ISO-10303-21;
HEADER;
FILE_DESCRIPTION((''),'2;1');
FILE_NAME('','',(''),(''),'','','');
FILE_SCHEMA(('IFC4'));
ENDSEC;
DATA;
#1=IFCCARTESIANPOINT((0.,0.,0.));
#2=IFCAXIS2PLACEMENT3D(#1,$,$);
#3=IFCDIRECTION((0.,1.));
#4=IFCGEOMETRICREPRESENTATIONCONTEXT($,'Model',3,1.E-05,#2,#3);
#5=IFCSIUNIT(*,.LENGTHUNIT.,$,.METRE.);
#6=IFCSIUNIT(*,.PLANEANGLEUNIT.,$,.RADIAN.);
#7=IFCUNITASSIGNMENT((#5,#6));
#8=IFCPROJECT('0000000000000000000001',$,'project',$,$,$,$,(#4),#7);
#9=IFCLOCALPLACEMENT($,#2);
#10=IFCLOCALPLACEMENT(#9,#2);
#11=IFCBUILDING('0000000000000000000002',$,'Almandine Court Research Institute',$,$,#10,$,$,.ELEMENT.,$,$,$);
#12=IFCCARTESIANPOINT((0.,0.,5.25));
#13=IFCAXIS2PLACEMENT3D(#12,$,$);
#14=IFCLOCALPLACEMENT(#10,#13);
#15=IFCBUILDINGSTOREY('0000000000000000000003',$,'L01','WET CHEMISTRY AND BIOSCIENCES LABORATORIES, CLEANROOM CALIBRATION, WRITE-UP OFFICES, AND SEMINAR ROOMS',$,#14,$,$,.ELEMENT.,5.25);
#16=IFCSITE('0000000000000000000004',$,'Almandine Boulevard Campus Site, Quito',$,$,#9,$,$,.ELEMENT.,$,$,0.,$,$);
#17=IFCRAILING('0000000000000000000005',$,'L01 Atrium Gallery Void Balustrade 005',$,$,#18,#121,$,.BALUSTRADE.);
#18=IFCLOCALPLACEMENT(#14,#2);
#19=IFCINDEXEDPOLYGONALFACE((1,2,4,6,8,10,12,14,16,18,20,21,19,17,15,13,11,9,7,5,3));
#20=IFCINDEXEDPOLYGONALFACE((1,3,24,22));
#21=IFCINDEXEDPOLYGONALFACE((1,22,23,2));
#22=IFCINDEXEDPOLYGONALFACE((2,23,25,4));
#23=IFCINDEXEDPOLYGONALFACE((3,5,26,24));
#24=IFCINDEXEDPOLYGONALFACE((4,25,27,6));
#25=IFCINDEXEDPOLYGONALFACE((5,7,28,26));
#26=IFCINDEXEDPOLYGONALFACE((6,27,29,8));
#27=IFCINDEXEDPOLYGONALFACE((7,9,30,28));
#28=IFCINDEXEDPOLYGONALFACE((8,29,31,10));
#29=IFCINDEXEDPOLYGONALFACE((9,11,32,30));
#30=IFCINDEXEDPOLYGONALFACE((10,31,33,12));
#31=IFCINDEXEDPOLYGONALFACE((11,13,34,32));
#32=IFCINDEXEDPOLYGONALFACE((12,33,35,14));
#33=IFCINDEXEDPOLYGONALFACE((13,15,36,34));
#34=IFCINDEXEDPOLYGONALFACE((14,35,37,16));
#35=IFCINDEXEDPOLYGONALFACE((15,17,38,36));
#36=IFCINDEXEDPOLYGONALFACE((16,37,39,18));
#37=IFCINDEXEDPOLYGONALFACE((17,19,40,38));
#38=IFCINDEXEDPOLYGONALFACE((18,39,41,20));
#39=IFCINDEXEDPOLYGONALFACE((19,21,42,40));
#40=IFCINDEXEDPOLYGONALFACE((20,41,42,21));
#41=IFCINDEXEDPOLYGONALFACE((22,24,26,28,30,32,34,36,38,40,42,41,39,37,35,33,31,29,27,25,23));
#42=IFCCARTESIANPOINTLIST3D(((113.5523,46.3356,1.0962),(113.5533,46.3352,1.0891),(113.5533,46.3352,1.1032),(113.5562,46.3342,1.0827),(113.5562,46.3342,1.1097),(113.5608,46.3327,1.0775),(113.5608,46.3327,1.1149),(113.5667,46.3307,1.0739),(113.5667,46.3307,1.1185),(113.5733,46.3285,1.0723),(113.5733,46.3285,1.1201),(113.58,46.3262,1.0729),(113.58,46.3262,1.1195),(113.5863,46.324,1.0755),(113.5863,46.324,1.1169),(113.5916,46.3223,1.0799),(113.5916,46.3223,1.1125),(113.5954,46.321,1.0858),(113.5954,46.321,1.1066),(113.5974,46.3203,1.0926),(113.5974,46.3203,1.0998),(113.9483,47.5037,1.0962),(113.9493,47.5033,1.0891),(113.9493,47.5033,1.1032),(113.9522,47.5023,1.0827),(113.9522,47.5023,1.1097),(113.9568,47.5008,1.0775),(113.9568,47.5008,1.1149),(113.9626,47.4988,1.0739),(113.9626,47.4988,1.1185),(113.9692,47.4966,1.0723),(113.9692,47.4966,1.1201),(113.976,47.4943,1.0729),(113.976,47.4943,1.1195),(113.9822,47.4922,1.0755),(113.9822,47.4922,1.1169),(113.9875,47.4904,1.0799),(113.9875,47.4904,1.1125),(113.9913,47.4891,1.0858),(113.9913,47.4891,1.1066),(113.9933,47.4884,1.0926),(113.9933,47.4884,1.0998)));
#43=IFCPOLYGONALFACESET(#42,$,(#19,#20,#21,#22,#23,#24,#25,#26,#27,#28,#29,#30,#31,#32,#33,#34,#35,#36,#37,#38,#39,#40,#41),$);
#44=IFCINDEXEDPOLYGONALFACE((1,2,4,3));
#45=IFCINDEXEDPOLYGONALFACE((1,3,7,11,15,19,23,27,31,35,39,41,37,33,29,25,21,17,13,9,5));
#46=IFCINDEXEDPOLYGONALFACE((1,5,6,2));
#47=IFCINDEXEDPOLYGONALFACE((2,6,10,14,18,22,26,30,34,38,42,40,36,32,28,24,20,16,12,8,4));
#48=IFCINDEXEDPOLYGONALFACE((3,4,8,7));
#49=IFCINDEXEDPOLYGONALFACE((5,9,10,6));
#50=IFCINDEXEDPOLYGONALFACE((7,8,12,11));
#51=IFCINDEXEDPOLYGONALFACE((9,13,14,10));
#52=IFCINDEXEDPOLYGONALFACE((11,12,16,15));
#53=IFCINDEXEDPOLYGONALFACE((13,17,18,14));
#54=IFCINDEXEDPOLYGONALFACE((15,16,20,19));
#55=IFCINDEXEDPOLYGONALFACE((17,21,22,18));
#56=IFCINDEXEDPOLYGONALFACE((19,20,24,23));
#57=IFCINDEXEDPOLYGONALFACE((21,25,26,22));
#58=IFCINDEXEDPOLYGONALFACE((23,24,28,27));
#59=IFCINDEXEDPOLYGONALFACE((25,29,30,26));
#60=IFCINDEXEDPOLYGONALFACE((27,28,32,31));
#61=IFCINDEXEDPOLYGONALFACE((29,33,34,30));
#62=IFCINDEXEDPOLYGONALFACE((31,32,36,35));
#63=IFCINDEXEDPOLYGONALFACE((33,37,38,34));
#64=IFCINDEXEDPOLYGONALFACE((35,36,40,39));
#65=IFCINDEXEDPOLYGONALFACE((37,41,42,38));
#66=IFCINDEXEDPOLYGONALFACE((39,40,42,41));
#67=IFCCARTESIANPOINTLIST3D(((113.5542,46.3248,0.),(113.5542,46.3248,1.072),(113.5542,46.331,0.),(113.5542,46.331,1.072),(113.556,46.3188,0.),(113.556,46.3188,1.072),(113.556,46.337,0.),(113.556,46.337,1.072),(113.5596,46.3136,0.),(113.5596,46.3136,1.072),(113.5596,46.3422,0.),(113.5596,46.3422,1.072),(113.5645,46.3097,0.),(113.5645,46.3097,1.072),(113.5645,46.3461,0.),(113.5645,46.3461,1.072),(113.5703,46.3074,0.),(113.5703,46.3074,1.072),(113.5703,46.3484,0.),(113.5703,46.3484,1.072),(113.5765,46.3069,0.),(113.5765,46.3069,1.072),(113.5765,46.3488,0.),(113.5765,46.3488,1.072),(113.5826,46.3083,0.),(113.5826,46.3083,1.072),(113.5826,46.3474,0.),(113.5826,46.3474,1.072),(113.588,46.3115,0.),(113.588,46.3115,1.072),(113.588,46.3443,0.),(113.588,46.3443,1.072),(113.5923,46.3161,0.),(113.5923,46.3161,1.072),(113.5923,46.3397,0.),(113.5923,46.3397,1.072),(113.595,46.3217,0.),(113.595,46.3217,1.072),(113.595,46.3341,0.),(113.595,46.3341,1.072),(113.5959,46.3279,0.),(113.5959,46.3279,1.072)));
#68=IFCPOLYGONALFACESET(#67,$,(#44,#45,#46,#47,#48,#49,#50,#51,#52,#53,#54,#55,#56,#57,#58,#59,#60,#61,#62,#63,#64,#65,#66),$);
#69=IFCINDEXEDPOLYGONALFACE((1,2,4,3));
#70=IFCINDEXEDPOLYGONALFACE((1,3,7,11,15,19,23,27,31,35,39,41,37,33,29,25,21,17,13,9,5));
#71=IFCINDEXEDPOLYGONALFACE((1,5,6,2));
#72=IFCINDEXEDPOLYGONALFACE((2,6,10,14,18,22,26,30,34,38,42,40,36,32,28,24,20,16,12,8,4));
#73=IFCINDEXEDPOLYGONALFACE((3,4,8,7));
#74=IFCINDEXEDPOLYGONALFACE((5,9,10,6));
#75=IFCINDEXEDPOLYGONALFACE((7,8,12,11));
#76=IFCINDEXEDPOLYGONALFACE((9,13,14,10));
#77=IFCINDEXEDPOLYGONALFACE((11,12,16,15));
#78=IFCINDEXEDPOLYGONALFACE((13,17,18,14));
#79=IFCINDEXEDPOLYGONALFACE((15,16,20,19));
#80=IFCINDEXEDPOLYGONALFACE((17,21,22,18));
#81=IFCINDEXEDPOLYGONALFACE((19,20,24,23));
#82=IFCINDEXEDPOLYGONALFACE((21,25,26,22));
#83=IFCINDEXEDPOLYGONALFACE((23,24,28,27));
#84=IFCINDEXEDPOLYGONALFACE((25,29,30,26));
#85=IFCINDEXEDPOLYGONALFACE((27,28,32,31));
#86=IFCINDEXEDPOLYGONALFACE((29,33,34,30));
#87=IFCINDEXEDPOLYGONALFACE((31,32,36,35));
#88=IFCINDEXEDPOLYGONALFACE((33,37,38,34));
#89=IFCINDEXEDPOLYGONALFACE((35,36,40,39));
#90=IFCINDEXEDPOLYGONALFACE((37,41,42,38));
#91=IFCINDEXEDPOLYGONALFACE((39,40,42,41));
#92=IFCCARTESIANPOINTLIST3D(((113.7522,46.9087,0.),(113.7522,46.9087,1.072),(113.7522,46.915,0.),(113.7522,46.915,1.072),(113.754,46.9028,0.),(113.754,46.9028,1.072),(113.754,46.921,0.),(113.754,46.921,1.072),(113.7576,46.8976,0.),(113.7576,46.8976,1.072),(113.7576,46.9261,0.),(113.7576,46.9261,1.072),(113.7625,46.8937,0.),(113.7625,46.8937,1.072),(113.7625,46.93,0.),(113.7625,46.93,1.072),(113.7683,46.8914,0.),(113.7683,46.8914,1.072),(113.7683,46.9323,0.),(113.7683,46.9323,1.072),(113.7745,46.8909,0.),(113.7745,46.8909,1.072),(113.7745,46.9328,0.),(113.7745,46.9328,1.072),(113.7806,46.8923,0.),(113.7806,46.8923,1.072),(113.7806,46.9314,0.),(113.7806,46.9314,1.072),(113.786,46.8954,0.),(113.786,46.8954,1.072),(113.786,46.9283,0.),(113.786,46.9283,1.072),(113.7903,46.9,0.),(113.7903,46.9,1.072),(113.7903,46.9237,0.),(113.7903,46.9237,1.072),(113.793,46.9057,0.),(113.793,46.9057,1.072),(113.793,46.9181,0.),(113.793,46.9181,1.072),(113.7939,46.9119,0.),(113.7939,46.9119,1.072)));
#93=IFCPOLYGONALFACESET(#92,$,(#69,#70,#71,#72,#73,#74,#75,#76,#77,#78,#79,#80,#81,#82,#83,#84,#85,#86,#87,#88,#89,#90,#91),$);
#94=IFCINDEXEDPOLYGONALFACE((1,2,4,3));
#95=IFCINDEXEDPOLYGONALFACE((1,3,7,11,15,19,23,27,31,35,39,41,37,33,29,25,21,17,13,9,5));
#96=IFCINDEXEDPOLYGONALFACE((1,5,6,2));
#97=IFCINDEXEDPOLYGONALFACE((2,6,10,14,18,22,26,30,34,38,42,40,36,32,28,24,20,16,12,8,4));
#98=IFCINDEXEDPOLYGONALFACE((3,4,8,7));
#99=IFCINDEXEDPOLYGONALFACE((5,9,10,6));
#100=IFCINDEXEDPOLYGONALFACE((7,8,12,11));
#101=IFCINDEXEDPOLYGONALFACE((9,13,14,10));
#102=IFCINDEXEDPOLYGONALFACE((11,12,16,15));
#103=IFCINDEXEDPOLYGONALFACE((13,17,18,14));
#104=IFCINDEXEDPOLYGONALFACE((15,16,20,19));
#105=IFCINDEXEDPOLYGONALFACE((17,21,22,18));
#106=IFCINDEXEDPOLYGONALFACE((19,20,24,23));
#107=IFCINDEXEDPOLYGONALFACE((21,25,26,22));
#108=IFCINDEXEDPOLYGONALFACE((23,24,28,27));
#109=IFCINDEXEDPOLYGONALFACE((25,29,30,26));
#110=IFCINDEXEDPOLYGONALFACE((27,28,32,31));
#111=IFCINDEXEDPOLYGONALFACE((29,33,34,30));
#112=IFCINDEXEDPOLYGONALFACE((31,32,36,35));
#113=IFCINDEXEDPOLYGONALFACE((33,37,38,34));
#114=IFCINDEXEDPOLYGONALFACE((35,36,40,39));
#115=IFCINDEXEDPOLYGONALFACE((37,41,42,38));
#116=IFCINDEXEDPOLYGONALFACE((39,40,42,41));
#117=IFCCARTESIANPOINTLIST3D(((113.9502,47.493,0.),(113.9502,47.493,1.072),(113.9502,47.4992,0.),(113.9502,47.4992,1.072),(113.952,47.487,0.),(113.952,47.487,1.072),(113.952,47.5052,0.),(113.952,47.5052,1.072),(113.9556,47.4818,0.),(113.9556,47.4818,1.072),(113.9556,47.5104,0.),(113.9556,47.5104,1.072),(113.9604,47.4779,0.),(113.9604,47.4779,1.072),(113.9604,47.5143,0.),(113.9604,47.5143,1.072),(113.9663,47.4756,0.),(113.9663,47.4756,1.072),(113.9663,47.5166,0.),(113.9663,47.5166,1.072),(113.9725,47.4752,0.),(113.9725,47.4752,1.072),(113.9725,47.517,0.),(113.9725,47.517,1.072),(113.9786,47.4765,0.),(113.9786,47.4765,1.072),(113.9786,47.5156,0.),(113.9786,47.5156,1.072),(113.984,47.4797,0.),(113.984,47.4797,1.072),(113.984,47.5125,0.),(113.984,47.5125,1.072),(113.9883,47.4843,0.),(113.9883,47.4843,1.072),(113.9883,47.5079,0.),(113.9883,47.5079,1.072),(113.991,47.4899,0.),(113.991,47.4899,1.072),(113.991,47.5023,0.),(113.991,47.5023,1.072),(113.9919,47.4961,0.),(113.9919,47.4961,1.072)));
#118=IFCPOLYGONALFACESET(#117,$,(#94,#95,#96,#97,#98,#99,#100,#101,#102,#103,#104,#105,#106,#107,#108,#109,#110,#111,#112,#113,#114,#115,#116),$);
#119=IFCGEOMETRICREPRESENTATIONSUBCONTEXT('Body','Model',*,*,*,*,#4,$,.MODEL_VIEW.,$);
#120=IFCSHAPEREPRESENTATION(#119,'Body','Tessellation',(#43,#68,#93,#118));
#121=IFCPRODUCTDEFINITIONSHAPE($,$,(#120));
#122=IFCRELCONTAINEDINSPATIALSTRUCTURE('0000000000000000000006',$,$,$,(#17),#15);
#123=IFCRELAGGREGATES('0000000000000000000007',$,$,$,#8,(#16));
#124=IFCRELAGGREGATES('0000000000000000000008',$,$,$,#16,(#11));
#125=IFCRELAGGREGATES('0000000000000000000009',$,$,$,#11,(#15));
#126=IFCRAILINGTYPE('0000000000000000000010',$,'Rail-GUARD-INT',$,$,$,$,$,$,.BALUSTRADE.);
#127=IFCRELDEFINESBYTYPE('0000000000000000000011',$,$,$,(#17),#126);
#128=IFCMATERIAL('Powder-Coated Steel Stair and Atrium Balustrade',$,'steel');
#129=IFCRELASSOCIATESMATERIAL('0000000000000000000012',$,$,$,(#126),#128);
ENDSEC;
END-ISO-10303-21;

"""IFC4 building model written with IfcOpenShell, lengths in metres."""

from ifc_helpers import new_model, si_unit, direction, frame, origin, origin_2d, place, context, subcontext, project, spatial, circle, extrude, material, type_object, element, save


model = new_model("IFC4")

# Units and contexts
model_context = context("Model", 3, precision=1e-05, world=origin(), true_north=direction((0.0, 1.0)))
body_context = subcontext(model_context, "Body", "Model", "MODEL_VIEW")
ifc_project = project(units=[si_unit("LENGTHUNIT", "METRE"), si_unit("PLANEANGLEUNIT", "RADIAN")], contexts=[model_context])

# Site, building, storey
site_placement = place(None, origin())
site = spatial("IfcSite", under=ifc_project, at=site_placement, Name="Almandine Boulevard Campus Site, Quito", CompositionType="ELEMENT", RefElevation=0.0)
building_placement = place(site_placement, origin())
building = spatial("IfcBuilding", under=site, at=building_placement, Name="Almandine Court Research Institute", CompositionType="ELEMENT")
storey_placement = place(building_placement, frame((0.0, 0.0, 5.25)))
storey = spatial("IfcBuildingStorey", under=building, at=storey_placement, Name="L01", Description="WET CHEMISTRY AND BIOSCIENCES LABORATORIES, CLEANROOM CALIBRATION, WRITE-UP OFFICES, AND SEMINAR ROOMS", CompositionType="ELEMENT", Elevation=5.25)

# Railing
ifc_material_1 = material(Name="Powder-Coated Steel Stair and Atrium Balustrade", Category="steel")
railing_type = type_object("IfcRailingType", Name="Rail-GUARD-INT", PredefinedType="BALUSTRADE", material=ifc_material_1)
railing_1_placement = place(storey_placement, frame((113.575, 46.3279, 0.0)))
element("IfcRailing", 1, at=railing_1_placement, inside=storey, type_object=railing_type, Name="L01 Atrium Gallery Void Balustrade 005", PredefinedType="BALUSTRADE", context=body_context, shape_type="SweptSolid", body=[
    extrude(circle(Radius=0.0239, at=origin_2d()), frame((0.0, 0.0, 1.0962), z_axis=(0.321033, 0.947068, 0.0), x_axis=(-0.947068, 0.321033, 0.0)), (0.0, 0.0, 1.0), 1.2334),
    extrude(circle(Radius=0.021, at=origin_2d()), origin(), (0.0, 0.0, 1.0), 1.072),
    extrude(circle(Radius=0.021, at=origin_2d()), frame((0.198, 0.584, 0.0)), (0.0, 0.0, 1.0), 1.072),
    extrude(circle(Radius=0.021, at=origin_2d()), frame((0.396, 1.1682, 0.0)), (0.0, 0.0, 1.0), 1.072),
])

save(model, "model.ifc")
